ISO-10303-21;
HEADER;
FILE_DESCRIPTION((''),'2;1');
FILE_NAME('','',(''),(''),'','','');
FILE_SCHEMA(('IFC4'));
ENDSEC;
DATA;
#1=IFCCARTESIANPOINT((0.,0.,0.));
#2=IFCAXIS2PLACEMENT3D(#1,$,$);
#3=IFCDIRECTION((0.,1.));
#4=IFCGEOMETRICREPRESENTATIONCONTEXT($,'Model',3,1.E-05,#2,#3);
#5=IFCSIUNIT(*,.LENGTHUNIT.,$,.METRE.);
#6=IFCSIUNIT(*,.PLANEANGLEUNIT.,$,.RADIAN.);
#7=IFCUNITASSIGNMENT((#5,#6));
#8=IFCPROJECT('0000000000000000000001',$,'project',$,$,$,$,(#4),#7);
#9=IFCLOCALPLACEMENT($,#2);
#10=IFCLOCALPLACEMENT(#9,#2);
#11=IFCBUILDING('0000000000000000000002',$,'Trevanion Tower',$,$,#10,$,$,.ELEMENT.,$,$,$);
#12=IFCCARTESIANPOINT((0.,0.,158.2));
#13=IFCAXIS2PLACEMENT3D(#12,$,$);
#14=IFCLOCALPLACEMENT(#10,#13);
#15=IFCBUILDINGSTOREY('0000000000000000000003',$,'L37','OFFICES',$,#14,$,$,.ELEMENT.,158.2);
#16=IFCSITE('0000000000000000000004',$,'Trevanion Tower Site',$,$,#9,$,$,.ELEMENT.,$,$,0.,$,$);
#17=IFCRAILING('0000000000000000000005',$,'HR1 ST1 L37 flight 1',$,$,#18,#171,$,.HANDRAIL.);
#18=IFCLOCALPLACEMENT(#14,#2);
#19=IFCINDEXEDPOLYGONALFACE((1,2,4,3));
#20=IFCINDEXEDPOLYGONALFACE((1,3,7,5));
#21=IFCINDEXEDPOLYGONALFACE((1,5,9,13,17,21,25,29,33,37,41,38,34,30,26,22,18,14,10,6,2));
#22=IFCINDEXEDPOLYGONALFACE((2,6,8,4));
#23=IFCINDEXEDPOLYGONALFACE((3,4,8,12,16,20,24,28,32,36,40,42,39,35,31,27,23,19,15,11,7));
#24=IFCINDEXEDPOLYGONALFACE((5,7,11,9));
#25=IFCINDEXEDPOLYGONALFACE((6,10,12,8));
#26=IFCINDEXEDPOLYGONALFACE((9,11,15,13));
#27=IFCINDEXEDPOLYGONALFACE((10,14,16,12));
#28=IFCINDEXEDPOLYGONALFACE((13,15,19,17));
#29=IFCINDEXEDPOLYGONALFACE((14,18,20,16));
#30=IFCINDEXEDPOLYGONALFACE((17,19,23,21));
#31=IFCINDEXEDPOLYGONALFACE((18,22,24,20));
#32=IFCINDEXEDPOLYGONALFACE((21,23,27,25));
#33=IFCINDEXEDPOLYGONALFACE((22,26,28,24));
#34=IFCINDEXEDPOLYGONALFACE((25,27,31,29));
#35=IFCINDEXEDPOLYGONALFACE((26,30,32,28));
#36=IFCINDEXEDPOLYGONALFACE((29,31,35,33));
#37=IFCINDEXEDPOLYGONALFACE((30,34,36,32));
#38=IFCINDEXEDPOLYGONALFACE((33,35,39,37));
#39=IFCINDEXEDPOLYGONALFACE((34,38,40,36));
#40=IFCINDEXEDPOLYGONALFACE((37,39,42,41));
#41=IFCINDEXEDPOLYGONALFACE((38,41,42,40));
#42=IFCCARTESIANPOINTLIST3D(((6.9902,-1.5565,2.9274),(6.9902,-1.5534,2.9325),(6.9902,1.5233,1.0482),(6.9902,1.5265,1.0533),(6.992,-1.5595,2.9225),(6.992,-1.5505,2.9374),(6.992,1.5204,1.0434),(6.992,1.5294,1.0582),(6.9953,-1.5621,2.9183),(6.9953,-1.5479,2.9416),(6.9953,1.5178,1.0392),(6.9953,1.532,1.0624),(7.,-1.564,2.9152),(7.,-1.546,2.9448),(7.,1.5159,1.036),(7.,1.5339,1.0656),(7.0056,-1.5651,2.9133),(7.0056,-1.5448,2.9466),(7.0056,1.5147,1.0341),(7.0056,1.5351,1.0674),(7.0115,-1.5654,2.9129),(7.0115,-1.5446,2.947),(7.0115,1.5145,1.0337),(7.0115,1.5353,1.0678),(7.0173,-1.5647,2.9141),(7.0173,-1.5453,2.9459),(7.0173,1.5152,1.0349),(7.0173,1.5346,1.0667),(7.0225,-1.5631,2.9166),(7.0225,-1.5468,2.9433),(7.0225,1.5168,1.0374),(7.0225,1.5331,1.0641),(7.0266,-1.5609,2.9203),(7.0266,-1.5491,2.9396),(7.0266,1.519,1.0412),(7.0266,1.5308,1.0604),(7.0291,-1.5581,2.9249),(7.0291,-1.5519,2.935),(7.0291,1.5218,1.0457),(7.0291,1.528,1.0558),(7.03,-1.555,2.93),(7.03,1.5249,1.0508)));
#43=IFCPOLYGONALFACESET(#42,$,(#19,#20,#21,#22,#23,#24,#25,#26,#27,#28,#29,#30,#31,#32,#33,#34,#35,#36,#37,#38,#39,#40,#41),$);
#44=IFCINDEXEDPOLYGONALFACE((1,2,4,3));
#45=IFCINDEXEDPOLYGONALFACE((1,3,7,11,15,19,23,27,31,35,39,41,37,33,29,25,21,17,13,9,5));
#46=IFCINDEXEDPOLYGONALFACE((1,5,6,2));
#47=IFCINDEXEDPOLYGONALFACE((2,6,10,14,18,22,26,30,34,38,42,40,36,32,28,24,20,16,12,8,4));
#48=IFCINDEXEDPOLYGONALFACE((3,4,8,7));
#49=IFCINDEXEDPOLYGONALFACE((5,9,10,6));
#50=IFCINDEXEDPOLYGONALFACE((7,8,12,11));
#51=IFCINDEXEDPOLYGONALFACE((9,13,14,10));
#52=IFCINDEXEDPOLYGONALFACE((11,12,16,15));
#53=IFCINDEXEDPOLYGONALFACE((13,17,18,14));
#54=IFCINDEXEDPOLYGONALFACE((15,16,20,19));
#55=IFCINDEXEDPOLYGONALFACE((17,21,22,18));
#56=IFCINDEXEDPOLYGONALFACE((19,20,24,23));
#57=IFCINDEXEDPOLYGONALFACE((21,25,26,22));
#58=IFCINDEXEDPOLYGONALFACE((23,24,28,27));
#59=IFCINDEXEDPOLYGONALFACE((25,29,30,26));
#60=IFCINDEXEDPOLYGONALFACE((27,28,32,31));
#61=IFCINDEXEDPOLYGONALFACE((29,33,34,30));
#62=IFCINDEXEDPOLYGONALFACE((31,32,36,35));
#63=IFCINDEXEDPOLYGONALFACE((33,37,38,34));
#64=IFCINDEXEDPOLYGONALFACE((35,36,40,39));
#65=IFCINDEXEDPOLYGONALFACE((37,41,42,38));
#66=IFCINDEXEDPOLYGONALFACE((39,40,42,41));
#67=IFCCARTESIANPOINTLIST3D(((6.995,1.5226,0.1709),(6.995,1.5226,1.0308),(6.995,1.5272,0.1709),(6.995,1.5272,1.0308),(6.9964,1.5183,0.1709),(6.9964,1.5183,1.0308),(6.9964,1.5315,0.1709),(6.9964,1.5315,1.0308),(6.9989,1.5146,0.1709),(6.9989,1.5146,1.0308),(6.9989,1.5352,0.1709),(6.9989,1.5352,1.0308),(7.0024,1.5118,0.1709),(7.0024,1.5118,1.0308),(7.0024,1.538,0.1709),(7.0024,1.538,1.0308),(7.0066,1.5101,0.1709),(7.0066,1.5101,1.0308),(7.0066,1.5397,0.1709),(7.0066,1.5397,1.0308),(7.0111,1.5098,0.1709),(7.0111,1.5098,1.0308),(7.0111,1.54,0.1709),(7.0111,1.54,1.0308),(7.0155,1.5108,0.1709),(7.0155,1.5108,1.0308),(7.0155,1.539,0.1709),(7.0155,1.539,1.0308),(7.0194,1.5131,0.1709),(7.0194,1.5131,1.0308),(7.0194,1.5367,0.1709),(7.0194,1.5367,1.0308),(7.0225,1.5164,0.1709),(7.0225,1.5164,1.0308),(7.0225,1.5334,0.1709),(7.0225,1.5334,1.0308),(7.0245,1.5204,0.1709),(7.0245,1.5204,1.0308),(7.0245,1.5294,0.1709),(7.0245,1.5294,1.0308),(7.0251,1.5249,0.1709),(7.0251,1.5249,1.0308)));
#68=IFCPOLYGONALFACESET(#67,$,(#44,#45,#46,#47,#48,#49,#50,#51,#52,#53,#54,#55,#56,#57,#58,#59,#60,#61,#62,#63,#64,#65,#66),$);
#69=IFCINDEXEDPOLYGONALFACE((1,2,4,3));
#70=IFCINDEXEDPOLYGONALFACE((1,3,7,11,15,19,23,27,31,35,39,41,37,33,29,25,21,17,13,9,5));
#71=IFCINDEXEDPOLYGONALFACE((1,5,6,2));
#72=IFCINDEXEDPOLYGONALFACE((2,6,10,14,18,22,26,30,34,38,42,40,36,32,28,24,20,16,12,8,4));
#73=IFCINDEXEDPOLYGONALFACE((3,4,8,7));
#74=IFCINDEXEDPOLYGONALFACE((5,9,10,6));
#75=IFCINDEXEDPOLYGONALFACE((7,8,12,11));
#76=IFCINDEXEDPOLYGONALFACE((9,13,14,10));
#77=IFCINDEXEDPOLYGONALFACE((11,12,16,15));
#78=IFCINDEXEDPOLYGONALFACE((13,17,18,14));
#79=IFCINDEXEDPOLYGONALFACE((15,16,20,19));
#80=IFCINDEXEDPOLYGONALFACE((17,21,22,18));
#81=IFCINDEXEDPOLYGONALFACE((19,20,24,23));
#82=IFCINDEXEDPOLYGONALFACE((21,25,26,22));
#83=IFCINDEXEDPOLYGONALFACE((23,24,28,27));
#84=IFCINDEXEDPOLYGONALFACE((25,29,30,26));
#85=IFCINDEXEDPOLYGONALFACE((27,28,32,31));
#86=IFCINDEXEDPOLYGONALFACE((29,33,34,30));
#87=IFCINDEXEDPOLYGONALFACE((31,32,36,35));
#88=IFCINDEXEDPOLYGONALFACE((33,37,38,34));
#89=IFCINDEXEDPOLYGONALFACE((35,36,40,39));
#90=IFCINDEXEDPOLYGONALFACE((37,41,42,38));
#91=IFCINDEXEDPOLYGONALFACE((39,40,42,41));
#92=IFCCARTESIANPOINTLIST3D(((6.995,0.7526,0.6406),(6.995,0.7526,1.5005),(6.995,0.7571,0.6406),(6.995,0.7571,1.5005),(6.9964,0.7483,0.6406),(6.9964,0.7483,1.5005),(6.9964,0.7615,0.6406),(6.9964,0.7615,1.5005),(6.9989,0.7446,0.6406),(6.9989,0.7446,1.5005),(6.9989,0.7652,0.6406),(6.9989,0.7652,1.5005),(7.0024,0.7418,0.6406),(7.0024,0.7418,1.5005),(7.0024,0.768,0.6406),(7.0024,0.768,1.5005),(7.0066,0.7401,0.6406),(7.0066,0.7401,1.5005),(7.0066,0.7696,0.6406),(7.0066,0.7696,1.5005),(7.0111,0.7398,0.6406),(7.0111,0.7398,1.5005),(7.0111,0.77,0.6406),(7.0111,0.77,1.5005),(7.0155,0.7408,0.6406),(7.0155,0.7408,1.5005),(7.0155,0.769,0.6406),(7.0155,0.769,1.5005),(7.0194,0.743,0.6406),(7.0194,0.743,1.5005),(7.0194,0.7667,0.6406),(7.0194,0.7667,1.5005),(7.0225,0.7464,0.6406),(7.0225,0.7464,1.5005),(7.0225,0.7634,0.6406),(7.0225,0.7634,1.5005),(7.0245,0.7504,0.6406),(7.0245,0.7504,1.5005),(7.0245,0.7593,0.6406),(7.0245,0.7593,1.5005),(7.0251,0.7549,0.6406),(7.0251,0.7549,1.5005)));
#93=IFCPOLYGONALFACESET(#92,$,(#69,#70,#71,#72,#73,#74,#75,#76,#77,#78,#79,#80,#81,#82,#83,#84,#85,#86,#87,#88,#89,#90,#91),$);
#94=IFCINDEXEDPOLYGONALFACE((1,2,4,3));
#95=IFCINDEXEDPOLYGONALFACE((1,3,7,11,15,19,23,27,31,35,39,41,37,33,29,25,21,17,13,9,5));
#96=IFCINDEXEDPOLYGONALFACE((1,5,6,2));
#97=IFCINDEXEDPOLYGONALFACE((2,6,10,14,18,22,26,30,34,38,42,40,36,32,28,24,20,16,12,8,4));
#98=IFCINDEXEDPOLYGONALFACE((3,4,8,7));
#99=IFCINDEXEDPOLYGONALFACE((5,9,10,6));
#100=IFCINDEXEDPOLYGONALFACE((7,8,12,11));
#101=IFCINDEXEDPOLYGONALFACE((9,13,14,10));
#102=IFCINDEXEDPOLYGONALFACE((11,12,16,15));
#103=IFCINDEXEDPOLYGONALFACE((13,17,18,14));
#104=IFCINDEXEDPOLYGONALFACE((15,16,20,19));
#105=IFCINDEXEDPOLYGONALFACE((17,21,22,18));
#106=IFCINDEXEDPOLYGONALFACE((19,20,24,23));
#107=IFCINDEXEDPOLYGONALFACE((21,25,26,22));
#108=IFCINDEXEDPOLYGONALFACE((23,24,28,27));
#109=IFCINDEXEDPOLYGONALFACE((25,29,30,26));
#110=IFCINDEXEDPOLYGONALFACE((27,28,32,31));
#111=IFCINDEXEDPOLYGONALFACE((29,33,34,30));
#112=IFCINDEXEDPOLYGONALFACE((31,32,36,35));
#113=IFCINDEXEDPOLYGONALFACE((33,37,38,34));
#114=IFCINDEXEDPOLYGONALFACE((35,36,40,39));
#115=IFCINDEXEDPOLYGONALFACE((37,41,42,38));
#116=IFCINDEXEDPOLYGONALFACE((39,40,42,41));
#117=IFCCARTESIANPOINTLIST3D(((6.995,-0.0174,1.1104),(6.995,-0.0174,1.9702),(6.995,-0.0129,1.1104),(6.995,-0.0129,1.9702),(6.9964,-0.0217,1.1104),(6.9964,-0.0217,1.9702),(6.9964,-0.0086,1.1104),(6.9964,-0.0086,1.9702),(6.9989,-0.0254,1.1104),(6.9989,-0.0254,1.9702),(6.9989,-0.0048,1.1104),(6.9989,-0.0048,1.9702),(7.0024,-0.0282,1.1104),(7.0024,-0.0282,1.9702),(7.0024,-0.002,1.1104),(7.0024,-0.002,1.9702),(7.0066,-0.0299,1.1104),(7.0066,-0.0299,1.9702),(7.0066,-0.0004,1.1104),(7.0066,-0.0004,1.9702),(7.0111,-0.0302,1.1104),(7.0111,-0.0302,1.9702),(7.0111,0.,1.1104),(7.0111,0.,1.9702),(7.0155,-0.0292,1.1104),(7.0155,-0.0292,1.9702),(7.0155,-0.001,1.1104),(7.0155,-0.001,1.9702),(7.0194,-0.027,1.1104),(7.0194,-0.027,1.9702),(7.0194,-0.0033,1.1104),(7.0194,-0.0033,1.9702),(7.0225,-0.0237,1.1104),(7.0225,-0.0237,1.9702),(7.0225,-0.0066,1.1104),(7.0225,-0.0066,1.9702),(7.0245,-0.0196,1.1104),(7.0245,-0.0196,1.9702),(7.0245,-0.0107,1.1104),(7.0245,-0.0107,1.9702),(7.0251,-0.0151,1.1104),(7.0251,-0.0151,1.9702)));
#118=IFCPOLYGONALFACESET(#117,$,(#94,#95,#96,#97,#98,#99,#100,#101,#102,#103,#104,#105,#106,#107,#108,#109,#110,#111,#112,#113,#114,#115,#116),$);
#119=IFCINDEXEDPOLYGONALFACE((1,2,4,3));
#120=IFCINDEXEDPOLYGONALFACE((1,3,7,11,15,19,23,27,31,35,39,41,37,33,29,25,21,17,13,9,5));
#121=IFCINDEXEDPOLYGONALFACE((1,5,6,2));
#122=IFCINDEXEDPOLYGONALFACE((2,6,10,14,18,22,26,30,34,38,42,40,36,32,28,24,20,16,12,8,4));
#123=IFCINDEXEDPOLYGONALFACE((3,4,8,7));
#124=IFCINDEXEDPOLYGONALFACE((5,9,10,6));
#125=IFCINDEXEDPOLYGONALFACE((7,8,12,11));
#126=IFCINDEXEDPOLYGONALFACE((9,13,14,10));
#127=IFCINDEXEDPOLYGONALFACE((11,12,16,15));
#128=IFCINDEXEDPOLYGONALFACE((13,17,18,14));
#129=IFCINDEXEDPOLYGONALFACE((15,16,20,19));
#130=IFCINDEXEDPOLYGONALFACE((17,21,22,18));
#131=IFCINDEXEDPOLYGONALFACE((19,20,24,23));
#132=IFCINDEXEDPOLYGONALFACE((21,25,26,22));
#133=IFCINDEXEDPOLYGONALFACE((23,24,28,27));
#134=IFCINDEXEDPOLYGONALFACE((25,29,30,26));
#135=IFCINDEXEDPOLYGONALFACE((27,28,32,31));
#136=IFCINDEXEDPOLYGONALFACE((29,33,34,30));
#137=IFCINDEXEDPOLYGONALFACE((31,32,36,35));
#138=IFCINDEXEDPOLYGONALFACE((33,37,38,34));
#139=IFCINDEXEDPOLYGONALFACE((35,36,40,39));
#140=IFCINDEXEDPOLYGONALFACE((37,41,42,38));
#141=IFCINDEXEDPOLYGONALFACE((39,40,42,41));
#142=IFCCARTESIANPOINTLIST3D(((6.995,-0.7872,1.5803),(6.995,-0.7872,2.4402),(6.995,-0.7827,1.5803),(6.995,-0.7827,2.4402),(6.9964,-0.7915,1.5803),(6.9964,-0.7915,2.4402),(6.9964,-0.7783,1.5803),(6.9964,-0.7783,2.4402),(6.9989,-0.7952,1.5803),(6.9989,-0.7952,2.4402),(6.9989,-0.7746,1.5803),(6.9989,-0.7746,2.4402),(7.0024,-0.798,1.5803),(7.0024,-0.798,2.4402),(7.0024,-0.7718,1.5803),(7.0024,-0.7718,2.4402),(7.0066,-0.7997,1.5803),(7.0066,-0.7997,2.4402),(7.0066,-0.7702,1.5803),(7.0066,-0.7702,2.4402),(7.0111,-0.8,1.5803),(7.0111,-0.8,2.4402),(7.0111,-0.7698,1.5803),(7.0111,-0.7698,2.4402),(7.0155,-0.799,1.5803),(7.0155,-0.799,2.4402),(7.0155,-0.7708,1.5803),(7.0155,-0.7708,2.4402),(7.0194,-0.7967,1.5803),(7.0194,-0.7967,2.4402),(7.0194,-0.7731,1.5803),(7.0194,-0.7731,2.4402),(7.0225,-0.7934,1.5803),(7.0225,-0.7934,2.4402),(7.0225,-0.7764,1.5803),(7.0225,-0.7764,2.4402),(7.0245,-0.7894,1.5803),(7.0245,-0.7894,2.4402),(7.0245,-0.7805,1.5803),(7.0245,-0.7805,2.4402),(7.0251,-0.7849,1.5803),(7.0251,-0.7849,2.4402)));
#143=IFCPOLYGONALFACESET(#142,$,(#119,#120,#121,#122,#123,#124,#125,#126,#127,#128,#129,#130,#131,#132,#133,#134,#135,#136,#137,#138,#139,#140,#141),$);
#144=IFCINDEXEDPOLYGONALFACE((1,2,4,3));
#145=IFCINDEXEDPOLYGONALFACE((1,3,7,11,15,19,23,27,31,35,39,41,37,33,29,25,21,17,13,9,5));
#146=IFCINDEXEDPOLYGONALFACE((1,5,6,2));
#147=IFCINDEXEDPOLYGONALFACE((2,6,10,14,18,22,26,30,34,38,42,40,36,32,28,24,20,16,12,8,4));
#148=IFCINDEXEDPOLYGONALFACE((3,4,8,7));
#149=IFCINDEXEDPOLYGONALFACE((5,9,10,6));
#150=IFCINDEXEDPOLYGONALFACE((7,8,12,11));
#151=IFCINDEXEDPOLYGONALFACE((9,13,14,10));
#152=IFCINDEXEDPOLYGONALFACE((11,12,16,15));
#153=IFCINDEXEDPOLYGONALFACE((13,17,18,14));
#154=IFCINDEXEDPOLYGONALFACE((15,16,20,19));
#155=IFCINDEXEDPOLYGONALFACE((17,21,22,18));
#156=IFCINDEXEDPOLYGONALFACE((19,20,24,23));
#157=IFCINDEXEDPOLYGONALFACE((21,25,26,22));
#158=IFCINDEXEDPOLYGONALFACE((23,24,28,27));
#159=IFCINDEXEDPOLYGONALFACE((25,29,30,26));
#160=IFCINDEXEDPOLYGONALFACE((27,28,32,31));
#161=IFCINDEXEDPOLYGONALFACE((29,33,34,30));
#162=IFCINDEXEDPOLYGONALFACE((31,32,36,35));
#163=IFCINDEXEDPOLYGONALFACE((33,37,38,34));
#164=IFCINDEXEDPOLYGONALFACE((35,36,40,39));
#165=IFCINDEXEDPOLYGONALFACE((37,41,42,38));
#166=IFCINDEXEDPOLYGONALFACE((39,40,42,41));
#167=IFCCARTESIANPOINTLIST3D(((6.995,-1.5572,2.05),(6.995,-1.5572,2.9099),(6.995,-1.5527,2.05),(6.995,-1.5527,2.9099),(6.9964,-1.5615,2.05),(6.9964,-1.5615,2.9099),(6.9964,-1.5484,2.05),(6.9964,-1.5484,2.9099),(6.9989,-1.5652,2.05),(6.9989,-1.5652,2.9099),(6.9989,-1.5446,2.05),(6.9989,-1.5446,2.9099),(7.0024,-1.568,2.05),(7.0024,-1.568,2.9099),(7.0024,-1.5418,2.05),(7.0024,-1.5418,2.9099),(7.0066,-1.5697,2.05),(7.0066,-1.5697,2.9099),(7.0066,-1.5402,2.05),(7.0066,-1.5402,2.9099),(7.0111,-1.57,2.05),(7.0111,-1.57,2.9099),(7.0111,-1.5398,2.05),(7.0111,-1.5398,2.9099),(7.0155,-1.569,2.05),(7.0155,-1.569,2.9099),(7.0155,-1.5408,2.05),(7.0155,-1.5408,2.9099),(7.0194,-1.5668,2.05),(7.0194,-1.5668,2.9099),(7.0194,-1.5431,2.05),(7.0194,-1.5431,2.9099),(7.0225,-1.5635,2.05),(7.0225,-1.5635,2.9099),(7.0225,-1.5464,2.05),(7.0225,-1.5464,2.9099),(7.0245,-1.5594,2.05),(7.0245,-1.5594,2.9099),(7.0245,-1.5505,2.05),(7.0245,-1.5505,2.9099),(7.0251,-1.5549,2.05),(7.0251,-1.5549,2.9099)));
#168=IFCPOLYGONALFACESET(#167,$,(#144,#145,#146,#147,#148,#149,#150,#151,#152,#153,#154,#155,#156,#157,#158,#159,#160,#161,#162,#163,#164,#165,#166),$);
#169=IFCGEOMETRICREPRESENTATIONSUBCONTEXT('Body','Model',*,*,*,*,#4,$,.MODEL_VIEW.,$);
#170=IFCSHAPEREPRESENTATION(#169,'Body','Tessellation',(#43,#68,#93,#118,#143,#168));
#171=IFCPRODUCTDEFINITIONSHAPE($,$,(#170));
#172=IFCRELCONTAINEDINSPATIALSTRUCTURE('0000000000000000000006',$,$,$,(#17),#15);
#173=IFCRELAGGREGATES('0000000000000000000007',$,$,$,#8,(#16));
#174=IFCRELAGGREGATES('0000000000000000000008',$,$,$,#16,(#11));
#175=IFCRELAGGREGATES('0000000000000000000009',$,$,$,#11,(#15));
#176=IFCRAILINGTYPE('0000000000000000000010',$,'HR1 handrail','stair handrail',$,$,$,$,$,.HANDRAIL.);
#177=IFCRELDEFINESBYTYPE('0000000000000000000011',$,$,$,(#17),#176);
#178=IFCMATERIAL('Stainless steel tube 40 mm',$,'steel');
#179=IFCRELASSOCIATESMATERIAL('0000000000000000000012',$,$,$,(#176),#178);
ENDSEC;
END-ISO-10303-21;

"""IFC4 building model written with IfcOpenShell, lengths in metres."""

from ifc_helpers import new_model, si_unit, direction, frame, origin, origin_2d, place, context, subcontext, project, spatial, circle, extrude, material, type_object, element, save


model = new_model("IFC4")

# Units and contexts
model_context = context("Model", 3, precision=1e-05, world=origin(), true_north=direction((0.0, 1.0)))
body_context = subcontext(model_context, "Body", "Model", "MODEL_VIEW")
ifc_project = project(units=[si_unit("LENGTHUNIT", "METRE"), si_unit("PLANEANGLEUNIT", "RADIAN")], contexts=[model_context])

# Site, building, storey
site_placement = place(None, origin())
site = spatial("IfcSite", under=ifc_project, at=site_placement, Name="Trevanion Tower Site", CompositionType="ELEMENT", RefElevation=0.0)
building_placement = place(site_placement, origin())
building = spatial("IfcBuilding", under=site, at=building_placement, Name="Trevanion Tower", CompositionType="ELEMENT")
storey_placement = place(building_placement, frame((0.0, 0.0, 158.2)))
storey = spatial("IfcBuildingStorey", under=building, at=storey_placement, Name="L37", Description="OFFICES", CompositionType="ELEMENT", Elevation=158.2)

# Railing
ifc_material_1 = material(Name="Stainless steel tube 40 mm", Category="steel")
railing_type = type_object("IfcRailingType", Name="HR1 handrail", Description="stair handrail", PredefinedType="HANDRAIL", material=ifc_material_1)
for number, where, name in (
    (1, (7.01, 1.5249, 0.1709), "HR1 ST1 L37 flight 1"),
):
    element("IfcRailing", number, at=place(storey_placement, frame(where)), inside=storey, type_object=railing_type, Name=name, PredefinedType="HANDRAIL", context=body_context, shape_type="SweptSolid", body=[
        extrude(circle(Radius=0.02, at=origin_2d()), frame((0.0, 0.0, 0.8799), z_axis=(0.0, -0.853648, 0.52085), x_axis=(1.0, 0.0, 0.0)), (0.0, 0.0, 1.0), 3.6079),
        extrude(circle(Radius=0.0151, at=origin_2d()), origin(), (0.0, 0.0, 1.0), 0.8599),
        extrude(circle(Radius=0.0151, at=origin_2d()), frame((0.0, -0.77, 0.4697)), (0.0, 0.0, 1.0), 0.8599),
        extrude(circle(Radius=0.0151, at=origin_2d()), frame((0.0, -1.54, 0.9395)), (0.0, 0.0, 1.0), 0.8599),
        extrude(circle(Radius=0.0151, at=origin_2d()), frame((0.0, -2.3098, 1.4094)), (0.0, 0.0, 1.0), 0.8599),
        extrude(circle(Radius=0.0151, at=origin_2d()), frame((0.0, -3.0798, 1.8792)), (0.0, 0.0, 1.0), 0.8599),
    ])

save(model, "model.ifc")
